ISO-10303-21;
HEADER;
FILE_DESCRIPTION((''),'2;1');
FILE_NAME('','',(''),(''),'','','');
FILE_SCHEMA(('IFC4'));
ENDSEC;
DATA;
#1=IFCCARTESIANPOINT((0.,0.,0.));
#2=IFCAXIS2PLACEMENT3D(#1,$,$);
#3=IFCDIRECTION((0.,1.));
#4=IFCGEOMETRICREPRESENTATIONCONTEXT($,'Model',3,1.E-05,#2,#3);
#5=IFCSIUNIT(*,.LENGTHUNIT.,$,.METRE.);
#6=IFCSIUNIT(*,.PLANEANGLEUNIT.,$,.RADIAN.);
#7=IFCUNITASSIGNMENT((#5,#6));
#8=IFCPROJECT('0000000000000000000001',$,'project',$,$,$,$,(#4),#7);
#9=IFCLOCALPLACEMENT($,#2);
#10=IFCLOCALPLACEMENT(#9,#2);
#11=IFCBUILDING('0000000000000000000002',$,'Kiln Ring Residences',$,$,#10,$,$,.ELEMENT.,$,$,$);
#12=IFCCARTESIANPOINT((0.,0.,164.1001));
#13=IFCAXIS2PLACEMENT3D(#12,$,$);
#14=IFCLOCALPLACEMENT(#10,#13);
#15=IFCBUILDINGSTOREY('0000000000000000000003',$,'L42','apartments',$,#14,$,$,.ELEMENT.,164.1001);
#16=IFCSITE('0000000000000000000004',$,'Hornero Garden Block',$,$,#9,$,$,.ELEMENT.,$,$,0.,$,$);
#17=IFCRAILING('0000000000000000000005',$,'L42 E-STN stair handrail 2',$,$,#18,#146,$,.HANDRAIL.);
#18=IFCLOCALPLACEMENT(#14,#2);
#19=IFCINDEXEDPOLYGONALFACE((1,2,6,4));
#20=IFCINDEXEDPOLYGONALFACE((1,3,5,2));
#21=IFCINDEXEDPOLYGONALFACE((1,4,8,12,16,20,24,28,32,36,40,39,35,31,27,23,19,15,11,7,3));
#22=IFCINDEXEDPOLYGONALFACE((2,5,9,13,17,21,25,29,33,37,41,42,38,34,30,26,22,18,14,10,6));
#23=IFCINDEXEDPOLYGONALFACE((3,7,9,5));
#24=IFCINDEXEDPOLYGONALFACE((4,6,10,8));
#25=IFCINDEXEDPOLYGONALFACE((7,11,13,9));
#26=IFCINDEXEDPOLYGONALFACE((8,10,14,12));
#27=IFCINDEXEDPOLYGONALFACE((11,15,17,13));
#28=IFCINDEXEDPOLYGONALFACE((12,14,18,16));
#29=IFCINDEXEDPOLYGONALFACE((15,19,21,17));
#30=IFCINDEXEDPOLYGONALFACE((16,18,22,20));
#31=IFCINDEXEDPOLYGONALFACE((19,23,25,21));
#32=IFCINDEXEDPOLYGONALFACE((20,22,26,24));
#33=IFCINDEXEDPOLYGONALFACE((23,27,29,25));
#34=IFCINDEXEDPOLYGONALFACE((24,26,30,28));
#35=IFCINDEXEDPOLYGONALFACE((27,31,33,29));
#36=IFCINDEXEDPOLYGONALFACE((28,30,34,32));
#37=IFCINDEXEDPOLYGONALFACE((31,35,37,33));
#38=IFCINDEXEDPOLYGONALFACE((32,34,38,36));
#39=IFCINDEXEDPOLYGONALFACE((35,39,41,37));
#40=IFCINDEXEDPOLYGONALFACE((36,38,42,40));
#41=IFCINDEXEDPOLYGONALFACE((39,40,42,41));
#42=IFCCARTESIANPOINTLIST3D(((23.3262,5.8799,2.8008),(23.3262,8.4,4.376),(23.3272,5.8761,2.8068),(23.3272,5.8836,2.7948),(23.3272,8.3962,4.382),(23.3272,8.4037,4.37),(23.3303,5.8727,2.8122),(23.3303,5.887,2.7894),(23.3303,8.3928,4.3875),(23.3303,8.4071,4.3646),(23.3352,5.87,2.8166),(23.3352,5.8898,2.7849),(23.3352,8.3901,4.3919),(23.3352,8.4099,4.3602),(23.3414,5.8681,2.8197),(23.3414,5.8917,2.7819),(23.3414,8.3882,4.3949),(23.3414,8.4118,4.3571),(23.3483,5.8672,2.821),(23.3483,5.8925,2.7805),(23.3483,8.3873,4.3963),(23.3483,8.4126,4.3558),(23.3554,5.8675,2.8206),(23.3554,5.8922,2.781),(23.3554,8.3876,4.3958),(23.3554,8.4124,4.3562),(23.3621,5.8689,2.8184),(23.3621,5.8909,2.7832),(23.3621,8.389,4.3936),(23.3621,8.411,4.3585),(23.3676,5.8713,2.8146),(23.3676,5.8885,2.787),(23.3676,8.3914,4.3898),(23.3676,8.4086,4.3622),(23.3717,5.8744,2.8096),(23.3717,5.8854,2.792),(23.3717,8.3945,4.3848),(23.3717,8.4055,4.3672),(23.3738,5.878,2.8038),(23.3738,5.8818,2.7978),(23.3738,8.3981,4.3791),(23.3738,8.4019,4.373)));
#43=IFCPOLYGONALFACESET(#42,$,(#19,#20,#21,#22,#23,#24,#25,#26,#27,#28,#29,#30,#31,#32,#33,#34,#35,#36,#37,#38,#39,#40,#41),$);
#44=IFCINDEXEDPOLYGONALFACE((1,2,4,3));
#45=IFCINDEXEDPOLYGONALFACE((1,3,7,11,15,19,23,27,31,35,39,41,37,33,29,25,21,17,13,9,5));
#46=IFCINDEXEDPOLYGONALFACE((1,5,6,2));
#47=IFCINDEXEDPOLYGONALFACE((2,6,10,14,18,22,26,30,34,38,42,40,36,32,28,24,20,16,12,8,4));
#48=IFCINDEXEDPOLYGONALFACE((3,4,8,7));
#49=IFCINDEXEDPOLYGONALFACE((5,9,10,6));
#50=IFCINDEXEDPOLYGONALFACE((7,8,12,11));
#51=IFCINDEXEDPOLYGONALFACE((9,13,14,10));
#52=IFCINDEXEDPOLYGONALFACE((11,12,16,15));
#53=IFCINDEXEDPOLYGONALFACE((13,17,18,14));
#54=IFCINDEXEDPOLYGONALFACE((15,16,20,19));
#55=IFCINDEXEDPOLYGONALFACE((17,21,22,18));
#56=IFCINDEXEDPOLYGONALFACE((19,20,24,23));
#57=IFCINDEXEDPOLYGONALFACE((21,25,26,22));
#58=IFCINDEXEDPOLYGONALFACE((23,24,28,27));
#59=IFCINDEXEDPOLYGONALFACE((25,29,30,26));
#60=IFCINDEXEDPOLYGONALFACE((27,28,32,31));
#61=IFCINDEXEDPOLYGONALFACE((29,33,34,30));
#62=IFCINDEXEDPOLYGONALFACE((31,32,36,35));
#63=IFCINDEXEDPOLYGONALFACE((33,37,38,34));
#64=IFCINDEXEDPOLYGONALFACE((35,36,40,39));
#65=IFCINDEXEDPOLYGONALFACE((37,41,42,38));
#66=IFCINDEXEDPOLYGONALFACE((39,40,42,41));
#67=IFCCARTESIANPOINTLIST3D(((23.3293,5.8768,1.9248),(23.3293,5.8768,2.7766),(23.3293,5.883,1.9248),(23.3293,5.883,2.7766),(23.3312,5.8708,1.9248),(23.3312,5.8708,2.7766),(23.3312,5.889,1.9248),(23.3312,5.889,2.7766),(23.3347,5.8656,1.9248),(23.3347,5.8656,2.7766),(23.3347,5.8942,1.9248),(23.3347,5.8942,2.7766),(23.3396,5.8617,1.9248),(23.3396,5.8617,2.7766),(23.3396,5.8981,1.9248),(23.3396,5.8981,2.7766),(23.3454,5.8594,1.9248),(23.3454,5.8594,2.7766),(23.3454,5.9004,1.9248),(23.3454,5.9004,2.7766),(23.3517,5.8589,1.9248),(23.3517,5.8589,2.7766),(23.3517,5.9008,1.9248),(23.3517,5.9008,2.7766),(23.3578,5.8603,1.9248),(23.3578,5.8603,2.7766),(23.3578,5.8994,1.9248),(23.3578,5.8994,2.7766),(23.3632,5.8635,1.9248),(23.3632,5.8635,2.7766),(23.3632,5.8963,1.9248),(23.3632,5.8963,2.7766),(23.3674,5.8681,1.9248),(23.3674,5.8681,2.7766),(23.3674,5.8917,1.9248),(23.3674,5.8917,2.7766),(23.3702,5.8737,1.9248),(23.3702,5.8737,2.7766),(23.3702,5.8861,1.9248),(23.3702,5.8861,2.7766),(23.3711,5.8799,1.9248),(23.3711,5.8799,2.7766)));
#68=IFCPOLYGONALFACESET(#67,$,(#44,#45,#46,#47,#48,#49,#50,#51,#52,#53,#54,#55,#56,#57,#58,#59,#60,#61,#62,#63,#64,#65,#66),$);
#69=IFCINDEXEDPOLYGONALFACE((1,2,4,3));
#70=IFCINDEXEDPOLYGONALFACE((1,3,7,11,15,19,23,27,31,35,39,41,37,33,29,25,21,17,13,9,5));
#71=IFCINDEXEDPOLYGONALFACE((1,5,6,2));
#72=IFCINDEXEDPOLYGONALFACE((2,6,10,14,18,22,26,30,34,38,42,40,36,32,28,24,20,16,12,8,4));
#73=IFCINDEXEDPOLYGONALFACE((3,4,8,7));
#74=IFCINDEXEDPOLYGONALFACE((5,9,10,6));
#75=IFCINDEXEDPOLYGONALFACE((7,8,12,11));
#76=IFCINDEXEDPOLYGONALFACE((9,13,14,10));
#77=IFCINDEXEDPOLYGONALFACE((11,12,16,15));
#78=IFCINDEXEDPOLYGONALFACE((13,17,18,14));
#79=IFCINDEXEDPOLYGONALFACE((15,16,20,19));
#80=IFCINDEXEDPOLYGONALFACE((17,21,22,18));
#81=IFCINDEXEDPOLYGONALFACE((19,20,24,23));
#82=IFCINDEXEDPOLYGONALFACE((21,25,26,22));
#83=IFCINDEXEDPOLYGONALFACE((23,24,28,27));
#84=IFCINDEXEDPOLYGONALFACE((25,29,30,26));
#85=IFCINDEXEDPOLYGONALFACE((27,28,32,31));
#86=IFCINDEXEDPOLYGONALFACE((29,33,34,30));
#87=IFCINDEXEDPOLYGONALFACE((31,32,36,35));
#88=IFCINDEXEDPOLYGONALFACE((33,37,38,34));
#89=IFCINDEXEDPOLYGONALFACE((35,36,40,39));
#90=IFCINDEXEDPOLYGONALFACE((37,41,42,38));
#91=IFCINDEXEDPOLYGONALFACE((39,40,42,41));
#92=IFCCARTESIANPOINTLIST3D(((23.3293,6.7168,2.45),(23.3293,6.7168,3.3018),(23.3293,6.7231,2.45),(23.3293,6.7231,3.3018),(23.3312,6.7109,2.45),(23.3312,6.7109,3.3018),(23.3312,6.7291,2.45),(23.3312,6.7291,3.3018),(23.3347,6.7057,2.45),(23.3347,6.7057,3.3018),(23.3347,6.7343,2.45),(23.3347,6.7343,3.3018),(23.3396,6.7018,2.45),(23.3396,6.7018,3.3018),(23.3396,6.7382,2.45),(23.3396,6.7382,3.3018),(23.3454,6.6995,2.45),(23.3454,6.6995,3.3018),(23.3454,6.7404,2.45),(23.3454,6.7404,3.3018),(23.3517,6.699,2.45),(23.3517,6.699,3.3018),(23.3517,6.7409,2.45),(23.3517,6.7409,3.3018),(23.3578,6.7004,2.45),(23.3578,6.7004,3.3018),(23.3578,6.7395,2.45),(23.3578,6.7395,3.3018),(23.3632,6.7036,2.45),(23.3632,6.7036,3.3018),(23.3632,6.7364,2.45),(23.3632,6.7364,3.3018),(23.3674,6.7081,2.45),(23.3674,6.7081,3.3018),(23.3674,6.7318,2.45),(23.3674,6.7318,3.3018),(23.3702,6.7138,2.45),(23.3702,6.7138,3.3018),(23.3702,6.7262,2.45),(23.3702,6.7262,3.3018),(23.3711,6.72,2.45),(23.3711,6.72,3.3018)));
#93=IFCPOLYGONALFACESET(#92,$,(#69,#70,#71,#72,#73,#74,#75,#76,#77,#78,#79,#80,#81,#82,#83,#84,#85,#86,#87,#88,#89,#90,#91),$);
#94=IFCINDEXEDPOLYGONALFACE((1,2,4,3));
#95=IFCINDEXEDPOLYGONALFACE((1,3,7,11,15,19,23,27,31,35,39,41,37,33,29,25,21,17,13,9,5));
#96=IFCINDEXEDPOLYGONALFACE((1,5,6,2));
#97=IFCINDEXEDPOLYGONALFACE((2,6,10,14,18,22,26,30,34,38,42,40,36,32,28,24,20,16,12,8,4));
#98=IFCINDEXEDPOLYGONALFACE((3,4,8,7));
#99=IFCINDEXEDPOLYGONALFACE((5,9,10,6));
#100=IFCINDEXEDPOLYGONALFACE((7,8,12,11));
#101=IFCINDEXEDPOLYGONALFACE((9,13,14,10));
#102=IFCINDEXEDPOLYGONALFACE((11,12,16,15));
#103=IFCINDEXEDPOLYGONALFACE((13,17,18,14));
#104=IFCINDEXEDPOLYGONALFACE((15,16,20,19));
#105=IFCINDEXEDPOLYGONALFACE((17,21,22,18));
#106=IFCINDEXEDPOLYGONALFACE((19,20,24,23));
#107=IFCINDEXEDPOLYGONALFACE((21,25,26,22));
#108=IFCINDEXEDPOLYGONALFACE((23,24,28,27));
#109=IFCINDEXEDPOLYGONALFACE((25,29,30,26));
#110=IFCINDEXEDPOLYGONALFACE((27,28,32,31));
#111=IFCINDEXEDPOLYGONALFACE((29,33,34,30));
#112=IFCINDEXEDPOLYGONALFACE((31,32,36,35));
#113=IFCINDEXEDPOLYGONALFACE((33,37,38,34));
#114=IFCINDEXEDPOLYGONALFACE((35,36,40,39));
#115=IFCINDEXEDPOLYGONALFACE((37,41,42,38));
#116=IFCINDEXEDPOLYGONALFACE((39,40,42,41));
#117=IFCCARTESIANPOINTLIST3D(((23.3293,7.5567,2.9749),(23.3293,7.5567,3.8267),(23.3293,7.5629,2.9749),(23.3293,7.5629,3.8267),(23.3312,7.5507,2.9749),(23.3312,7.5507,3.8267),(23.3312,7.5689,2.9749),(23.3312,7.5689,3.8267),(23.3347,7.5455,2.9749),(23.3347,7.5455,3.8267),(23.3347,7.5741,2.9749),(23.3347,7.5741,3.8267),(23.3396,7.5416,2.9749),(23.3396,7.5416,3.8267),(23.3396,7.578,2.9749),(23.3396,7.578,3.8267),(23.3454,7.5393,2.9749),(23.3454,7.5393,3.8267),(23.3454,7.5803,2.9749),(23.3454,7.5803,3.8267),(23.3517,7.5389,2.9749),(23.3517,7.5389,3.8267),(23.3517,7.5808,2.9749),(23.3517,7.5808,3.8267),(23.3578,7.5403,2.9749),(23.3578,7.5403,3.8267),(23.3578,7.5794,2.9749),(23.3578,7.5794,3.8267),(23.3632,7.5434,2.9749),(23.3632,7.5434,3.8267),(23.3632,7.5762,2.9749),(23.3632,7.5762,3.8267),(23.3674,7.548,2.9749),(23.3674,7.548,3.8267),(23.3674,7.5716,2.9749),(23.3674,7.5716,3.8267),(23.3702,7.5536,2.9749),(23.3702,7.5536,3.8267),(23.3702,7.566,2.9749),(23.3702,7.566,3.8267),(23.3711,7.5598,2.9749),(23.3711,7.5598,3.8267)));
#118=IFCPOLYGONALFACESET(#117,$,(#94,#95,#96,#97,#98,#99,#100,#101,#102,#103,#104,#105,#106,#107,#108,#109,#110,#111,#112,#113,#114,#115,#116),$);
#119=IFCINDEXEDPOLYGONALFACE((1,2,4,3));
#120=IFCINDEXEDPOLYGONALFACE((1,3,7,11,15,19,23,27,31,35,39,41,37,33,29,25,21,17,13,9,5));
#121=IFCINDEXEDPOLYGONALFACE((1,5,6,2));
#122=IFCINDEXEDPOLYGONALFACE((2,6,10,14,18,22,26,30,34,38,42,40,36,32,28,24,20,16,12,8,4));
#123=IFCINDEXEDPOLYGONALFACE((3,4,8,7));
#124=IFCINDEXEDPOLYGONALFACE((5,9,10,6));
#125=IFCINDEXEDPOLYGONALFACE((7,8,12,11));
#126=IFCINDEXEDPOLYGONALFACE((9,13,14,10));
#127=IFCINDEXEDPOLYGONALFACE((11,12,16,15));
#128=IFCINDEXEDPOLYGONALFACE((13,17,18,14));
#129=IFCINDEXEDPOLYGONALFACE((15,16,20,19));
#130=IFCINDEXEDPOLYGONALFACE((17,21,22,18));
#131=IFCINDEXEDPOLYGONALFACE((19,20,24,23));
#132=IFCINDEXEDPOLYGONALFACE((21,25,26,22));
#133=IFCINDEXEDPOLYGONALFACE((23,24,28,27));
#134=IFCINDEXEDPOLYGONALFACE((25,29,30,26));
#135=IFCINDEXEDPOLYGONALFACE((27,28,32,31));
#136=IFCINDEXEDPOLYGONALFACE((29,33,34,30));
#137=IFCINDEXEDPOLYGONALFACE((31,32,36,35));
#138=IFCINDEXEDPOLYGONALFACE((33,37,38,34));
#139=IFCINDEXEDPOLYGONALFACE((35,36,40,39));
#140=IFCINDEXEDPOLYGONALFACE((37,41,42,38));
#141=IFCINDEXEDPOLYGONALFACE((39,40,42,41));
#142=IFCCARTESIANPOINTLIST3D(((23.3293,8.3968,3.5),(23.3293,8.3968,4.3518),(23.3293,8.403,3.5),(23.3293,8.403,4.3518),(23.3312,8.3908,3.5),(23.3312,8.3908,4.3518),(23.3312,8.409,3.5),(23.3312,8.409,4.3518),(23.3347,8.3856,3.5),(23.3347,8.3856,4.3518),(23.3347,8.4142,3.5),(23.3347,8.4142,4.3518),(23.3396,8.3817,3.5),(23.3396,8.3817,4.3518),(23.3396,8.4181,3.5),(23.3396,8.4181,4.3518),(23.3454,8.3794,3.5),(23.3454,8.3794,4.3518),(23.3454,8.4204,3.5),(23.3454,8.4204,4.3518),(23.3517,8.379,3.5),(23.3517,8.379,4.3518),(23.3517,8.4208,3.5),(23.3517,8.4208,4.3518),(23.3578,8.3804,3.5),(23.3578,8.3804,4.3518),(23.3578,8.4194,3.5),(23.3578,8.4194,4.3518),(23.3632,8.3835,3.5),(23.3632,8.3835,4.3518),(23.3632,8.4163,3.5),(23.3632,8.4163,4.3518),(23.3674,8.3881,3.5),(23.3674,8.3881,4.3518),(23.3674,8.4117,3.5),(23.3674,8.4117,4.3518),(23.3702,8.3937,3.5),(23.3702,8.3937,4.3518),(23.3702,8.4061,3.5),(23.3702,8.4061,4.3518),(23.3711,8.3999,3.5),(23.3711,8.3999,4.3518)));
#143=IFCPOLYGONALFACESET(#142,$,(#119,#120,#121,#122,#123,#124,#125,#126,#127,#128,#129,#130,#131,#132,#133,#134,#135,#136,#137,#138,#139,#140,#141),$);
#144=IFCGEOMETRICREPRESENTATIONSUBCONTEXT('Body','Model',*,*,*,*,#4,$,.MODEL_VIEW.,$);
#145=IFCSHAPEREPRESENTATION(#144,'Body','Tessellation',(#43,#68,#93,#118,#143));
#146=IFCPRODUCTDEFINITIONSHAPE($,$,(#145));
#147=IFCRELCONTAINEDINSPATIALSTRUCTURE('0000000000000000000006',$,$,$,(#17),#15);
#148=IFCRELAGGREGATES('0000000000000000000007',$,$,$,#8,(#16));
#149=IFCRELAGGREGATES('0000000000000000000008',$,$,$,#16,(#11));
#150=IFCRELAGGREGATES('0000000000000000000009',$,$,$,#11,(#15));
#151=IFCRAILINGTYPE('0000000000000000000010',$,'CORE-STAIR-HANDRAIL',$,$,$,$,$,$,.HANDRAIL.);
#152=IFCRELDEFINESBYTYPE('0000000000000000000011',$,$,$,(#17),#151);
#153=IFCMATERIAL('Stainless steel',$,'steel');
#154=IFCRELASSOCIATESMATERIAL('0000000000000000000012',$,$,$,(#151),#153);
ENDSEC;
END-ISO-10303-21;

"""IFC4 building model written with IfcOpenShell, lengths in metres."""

from ifc_helpers import new_model, si_unit, direction, frame, origin, origin_2d, place, context, subcontext, project, spatial, circle, extrude, material, type_object, element, save


model = new_model("IFC4")

# Units and contexts
model_context = context("Model", 3, precision=1e-05, world=origin(), true_north=direction((0.0, 1.0)))
body_context = subcontext(model_context, "Body", "Model", "MODEL_VIEW")
ifc_project = project(units=[si_unit("LENGTHUNIT", "METRE"), si_unit("PLANEANGLEUNIT", "RADIAN")], contexts=[model_context])

# Site, building, storey
site_placement = place(None, origin())
site = spatial("IfcSite", under=ifc_project, at=site_placement, Name="Hornero Garden Block", CompositionType="ELEMENT", RefElevation=0.0)
building_placement = place(site_placement, origin())
building = spatial("IfcBuilding", under=site, at=building_placement, Name="Kiln Ring Residences", CompositionType="ELEMENT")
storey_placement = place(building_placement, frame((0.0, 0.0, 164.1001)))
storey = spatial("IfcBuildingStorey", under=building, at=storey_placement, Name="L42", Description="apartments", CompositionType="ELEMENT", Elevation=164.1001)

# Railing
ifc_material_1 = material(Name="Stainless steel", Category="steel")
railing_type_1 = type_object("IfcRailingType", Name="CORE-STAIR-HANDRAIL", PredefinedType="HANDRAIL", material=ifc_material_1)
railing_1_placement = place(storey_placement, frame((23.3501, 5.8799, 1.9248)))
element("IfcRailing", 1, at=railing_1_placement, inside=storey, type_object=railing_type_1, Name="L42 E-STN stair handrail 2", PredefinedType="HANDRAIL", context=body_context, shape_type="SweptSolid", body=[
    extrude(circle(Radius=0.0239, at=origin_2d()), frame((0.0, 0.0, 0.876), z_axis=(0.0, 0.847971, 0.530043), x_axis=(-1.0, 0.0, 0.0)), (0.0, 0.0, 1.0), 2.9719),
    extrude(circle(Radius=0.021, at=origin_2d()), origin(), (0.0, 0.0, 1.0), 0.8518),
    extrude(circle(Radius=0.021, at=origin_2d()), frame((0.0, 0.8401, 0.5251)), (0.0, 0.0, 1.0), 0.8518),
    extrude(circle(Radius=0.021, at=origin_2d()), frame((0.0, 1.6799, 1.05)), (0.0, 0.0, 1.0), 0.8518),
    extrude(circle(Radius=0.021, at=origin_2d()), frame((0.0, 2.52, 1.5752)), (0.0, 0.0, 1.0), 0.8518),
])

save(model, "model.ifc")
